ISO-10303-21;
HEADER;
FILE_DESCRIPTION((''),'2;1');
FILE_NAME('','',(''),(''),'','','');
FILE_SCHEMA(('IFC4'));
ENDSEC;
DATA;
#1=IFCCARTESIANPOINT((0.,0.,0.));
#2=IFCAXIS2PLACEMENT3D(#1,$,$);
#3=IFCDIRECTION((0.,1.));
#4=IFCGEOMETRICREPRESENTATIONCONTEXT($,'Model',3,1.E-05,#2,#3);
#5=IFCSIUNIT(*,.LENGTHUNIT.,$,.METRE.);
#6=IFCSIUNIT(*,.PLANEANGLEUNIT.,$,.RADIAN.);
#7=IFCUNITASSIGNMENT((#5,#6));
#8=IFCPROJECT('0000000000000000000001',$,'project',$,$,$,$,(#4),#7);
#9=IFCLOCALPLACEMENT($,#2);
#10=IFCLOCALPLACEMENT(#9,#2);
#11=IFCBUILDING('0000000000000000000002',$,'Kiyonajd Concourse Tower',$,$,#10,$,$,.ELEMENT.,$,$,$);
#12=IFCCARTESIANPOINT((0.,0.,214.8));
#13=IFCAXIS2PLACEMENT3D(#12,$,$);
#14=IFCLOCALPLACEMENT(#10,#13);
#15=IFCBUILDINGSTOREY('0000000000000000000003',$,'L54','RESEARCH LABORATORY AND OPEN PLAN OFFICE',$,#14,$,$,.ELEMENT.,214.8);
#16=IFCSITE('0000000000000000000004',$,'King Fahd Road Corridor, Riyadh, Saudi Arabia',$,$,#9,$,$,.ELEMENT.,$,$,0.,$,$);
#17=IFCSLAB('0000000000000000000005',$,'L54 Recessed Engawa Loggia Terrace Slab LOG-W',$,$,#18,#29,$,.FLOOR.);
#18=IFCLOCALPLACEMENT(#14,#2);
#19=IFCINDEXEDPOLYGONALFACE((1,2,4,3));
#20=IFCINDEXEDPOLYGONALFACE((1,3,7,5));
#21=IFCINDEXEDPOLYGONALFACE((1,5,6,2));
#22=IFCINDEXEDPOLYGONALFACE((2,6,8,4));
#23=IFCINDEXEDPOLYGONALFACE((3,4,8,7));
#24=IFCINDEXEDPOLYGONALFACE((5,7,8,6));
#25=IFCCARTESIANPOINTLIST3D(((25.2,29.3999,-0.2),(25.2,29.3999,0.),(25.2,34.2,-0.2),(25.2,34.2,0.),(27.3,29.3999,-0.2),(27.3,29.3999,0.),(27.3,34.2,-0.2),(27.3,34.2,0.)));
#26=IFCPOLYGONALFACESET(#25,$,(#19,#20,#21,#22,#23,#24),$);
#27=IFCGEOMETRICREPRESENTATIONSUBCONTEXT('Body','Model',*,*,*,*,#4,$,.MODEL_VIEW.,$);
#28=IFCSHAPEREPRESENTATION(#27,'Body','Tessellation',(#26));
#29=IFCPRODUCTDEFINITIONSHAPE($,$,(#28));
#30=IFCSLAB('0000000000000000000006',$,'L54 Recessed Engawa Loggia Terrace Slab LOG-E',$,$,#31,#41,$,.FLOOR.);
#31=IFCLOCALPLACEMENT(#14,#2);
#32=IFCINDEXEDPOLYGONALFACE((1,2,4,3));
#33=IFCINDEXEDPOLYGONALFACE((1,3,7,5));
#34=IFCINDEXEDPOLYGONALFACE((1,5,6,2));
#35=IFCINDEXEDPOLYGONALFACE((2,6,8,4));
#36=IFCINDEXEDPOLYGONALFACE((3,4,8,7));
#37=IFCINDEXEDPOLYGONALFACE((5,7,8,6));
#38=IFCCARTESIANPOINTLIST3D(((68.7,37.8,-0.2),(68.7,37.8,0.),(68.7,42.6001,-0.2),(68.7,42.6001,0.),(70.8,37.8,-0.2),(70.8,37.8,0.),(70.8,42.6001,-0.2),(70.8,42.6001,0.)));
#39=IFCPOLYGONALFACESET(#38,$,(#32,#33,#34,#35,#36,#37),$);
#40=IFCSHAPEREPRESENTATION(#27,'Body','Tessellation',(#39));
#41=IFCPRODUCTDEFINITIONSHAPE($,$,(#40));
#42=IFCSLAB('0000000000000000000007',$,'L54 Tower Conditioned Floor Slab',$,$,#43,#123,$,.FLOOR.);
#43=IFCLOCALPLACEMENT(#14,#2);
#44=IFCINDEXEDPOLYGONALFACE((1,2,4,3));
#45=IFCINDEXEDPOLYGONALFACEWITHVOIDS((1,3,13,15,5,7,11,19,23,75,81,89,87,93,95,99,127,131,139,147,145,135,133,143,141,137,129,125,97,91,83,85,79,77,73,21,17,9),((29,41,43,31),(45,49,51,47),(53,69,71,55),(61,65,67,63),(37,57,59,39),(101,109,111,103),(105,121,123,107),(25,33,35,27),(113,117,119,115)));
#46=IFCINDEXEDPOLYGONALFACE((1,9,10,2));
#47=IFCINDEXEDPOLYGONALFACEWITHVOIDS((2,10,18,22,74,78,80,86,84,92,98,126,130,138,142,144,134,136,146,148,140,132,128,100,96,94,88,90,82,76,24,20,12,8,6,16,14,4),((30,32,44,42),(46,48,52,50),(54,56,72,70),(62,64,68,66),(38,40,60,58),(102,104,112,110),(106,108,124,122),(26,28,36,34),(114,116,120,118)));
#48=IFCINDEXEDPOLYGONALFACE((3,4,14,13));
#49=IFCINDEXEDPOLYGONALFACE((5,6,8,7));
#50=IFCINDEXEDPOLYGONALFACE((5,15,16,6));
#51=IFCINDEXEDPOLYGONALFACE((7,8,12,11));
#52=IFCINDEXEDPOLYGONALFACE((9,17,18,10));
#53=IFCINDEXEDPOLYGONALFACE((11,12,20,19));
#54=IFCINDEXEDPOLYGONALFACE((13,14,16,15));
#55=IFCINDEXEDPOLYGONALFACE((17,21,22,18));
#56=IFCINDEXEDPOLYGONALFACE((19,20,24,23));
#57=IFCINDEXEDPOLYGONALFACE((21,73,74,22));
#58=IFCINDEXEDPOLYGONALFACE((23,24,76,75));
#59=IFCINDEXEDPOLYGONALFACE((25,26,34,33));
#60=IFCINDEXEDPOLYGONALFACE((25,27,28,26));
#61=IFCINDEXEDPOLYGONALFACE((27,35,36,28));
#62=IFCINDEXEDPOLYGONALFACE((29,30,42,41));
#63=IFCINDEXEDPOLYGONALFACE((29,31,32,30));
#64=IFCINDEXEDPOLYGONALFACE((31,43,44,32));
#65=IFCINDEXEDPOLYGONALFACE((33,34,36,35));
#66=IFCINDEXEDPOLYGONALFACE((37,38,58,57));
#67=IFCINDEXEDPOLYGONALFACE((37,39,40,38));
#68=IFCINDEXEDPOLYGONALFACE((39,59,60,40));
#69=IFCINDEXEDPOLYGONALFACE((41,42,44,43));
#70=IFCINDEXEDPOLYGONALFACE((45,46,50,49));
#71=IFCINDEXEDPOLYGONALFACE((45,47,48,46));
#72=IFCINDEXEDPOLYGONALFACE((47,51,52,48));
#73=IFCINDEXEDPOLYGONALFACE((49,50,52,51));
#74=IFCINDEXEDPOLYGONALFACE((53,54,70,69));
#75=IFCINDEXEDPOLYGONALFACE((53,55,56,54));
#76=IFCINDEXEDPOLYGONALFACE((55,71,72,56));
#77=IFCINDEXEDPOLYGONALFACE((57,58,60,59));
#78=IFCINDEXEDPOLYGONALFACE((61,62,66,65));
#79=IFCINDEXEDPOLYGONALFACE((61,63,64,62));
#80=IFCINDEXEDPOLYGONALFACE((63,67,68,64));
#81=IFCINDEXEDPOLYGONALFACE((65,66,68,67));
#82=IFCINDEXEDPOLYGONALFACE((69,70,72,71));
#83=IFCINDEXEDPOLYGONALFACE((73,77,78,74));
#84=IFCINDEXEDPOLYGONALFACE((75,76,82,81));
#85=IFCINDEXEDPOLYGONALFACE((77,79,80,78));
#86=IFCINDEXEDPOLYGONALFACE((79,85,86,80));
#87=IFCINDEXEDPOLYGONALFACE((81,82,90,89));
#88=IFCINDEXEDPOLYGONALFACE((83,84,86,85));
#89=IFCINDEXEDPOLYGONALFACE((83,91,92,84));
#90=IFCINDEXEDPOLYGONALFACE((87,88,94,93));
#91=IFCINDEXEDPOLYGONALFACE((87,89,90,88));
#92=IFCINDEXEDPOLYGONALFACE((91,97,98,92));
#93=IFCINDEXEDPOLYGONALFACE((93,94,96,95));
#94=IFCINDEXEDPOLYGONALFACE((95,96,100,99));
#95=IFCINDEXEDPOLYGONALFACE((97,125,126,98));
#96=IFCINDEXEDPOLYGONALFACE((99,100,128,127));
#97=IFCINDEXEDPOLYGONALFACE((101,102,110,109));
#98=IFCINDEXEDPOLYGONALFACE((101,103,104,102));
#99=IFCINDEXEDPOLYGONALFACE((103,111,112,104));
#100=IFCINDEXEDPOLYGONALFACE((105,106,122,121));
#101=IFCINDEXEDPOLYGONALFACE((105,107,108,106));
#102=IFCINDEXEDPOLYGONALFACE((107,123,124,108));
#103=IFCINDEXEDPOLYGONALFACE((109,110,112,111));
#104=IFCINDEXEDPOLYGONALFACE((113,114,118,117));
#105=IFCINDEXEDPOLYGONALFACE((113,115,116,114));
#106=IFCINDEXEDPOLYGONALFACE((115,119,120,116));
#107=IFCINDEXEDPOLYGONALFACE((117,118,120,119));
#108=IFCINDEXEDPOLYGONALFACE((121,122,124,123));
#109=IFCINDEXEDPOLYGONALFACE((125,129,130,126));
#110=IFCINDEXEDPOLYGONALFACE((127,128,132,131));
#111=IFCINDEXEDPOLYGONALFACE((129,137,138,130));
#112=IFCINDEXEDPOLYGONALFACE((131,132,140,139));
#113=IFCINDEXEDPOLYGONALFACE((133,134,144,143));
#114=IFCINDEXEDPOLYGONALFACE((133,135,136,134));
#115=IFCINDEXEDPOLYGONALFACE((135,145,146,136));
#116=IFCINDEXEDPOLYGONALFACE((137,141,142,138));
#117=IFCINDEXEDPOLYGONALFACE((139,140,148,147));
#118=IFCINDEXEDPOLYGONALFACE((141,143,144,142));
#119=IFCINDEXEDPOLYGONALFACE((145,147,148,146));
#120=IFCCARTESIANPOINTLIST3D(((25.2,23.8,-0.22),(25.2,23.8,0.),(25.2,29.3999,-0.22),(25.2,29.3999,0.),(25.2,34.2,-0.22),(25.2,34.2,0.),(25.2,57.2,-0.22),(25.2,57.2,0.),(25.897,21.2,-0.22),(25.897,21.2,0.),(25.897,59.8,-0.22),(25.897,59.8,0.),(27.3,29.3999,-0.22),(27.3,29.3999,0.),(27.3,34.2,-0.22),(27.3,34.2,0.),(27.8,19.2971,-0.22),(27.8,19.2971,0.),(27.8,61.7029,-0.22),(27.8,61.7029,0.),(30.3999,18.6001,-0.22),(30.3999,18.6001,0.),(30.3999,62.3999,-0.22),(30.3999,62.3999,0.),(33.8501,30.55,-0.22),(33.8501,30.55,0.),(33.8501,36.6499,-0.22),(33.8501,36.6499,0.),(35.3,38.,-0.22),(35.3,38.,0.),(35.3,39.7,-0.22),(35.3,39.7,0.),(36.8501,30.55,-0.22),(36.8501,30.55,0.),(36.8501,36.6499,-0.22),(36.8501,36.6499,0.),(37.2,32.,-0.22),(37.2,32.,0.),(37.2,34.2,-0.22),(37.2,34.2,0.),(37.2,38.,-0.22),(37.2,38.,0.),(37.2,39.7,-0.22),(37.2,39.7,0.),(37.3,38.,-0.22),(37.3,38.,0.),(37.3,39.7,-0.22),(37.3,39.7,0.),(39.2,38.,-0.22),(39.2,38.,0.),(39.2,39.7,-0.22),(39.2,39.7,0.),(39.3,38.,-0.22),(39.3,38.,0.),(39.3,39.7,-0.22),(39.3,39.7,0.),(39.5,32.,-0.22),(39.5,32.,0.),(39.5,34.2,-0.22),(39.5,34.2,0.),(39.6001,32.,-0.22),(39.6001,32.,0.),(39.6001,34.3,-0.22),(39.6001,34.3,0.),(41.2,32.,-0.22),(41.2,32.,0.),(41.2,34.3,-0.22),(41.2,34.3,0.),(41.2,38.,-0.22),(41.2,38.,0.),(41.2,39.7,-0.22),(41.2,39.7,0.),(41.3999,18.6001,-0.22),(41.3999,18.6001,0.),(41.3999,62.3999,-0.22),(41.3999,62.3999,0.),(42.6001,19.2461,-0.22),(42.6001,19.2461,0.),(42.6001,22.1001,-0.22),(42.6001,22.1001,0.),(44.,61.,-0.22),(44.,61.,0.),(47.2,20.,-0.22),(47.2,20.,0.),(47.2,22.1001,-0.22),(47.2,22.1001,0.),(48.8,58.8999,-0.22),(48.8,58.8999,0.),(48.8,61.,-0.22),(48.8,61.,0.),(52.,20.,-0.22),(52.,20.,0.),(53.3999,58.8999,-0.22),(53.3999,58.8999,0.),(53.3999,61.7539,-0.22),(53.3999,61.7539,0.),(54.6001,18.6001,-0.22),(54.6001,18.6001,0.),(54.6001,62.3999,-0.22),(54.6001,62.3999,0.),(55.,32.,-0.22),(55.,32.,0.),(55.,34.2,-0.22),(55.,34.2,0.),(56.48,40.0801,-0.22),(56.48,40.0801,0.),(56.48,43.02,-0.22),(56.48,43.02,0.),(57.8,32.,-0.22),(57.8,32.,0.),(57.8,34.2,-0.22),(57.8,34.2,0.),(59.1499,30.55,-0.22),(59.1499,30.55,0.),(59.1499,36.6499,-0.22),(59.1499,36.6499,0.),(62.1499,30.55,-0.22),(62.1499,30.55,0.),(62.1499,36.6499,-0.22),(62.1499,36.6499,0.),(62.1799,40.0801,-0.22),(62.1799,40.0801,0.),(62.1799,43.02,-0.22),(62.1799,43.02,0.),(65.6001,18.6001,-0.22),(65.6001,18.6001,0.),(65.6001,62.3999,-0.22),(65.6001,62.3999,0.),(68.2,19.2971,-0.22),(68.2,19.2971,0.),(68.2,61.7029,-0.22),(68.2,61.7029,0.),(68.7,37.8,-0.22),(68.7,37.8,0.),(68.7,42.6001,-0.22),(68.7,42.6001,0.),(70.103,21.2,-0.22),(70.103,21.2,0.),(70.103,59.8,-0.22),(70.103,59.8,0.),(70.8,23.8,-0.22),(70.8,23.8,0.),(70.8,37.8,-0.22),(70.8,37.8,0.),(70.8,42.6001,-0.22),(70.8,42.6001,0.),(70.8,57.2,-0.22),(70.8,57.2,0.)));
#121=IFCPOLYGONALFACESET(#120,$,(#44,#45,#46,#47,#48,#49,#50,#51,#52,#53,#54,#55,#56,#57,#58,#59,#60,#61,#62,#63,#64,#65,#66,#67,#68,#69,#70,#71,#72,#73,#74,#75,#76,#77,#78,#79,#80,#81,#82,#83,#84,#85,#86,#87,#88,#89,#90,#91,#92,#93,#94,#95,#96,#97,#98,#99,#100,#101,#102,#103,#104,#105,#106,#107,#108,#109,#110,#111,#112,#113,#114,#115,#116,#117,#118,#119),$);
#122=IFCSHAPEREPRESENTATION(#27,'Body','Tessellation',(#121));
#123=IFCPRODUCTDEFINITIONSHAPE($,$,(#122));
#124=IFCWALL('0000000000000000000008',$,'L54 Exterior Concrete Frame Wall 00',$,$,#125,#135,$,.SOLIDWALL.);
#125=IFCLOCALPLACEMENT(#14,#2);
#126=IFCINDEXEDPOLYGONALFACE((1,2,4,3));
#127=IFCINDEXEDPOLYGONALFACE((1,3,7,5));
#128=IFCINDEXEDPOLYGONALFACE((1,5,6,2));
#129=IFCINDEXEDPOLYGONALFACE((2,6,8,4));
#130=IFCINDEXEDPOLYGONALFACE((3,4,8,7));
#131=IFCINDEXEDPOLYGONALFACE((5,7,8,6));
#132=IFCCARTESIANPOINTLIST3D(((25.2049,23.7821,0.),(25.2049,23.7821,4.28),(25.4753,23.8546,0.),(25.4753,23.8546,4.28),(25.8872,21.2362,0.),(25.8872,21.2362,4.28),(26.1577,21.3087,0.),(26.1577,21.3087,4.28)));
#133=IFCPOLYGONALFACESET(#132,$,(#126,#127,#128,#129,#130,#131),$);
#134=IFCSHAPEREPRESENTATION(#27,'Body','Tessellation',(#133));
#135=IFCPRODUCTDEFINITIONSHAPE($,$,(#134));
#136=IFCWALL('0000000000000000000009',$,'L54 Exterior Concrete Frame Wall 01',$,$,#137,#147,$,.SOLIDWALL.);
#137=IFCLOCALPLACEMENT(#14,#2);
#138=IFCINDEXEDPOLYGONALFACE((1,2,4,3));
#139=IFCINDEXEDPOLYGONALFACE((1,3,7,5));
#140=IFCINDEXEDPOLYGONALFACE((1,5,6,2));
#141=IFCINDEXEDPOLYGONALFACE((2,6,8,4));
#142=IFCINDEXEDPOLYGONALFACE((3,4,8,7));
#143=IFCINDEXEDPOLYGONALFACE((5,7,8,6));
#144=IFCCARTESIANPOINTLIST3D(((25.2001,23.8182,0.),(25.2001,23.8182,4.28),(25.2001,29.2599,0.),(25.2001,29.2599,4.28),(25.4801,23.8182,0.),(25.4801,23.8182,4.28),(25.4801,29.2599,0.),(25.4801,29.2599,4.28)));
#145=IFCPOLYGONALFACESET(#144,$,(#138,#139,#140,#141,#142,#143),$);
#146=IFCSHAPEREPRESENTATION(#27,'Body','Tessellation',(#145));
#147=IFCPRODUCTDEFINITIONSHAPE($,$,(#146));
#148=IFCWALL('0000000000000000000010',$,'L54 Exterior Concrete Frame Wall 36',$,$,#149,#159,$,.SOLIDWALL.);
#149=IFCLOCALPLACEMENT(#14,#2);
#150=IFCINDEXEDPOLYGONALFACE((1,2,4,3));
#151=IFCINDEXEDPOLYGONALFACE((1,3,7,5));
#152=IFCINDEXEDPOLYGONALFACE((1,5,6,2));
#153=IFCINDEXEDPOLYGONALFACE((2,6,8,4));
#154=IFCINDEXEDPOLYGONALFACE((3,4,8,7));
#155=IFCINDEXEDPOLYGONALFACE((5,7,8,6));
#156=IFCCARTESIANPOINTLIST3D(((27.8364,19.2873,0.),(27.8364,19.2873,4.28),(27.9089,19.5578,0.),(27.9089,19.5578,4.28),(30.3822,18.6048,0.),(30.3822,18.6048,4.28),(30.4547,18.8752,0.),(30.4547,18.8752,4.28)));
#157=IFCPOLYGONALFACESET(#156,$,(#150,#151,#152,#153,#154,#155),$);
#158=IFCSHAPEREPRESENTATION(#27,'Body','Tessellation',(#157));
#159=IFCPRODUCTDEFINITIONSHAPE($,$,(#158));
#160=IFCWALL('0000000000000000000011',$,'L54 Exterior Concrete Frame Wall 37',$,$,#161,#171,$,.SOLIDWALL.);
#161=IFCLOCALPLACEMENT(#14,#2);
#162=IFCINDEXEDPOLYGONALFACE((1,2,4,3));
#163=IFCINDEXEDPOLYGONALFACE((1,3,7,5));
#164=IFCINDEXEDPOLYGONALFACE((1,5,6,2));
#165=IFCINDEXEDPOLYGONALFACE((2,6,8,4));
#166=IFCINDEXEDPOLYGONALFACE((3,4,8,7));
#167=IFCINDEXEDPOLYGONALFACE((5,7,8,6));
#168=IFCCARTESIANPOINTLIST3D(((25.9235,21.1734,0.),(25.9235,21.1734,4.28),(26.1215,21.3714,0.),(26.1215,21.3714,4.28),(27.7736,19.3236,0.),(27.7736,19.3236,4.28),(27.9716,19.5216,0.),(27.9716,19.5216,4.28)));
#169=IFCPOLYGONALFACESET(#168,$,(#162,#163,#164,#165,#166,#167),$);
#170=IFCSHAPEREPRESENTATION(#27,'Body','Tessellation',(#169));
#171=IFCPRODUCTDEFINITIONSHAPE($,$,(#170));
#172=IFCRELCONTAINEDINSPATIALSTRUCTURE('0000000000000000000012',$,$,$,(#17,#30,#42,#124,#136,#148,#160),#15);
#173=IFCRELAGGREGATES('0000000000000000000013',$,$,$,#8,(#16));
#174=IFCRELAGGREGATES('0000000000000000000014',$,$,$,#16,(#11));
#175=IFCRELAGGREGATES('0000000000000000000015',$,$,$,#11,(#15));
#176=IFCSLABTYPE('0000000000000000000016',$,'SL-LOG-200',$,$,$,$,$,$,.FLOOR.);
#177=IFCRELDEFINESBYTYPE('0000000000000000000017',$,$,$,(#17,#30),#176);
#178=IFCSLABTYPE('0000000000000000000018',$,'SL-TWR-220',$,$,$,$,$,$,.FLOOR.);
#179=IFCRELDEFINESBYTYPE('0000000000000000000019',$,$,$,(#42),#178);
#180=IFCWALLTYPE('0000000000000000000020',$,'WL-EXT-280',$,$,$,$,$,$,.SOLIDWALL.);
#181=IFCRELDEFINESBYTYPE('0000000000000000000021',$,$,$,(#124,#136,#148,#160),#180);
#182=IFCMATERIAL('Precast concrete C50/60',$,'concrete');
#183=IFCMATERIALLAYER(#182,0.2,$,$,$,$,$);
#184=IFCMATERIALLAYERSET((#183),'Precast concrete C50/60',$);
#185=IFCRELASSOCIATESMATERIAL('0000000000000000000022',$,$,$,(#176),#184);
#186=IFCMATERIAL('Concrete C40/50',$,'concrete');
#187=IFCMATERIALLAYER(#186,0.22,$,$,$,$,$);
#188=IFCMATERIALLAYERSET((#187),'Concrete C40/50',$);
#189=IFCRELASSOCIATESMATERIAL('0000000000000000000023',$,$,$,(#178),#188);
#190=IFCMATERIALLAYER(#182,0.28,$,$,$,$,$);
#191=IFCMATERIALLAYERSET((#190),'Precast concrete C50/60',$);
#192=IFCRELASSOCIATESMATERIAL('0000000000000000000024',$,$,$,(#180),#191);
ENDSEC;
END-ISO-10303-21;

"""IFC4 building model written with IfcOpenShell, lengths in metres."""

from ifc_helpers import new_model, si_unit, direction, frame, frame_2d, origin, place, context, subcontext, project, spatial, polyline, rectangle, outline, extrude, material, layer, layer_set, type_object, element, save


model = new_model("IFC4")

# Units and contexts
model_context = context("Model", 3, precision=1e-05, world=origin(), true_north=direction((0.0, 1.0)))
body_context = subcontext(model_context, "Body", "Model", "MODEL_VIEW")
ifc_project = project(units=[si_unit("LENGTHUNIT", "METRE"), si_unit("PLANEANGLEUNIT", "RADIAN")], contexts=[model_context])

# Site, building, storey
site_placement = place(None, origin())
site = spatial("IfcSite", under=ifc_project, at=site_placement, Name="King Fahd Road Corridor, Riyadh, Saudi Arabia", CompositionType="ELEMENT", RefElevation=0.0)
building_placement = place(site_placement, origin())
building = spatial("IfcBuilding", under=site, at=building_placement, Name="Kiyonajd Concourse Tower", CompositionType="ELEMENT")
storey_placement = place(building_placement, frame((0.0, 0.0, 214.8)))
storey = spatial("IfcBuildingStorey", under=building, at=storey_placement, Name="L54", Description="RESEARCH LABORATORY AND OPEN PLAN OFFICE", CompositionType="ELEMENT", Elevation=214.8)

# Shared definitions
ifc_material_1 = material(Name="Concrete C40/50", Category="concrete")

# Slabs
ifc_material_2 = material(Name="Precast concrete C50/60", Category="concrete")
ifc_layer_1 = layer(ifc_material_2, 0.2)
ifc_layer_set_1 = layer_set([ifc_layer_1], Name="Precast concrete C50/60")
slab_type_1 = type_object("IfcSlabType", Name="SL-LOG-200", PredefinedType="FLOOR", material=ifc_layer_set_1)
slab_1_placement = place(storey_placement, frame((0.0, 0.0, -0.2)))
element("IfcSlab", 1, at=slab_1_placement, inside=storey, type_object=slab_type_1, Name="L54 Recessed Engawa Loggia Terrace Slab LOG-W", PredefinedType="FLOOR", context=body_context, shape_type="SweptSolid", body=[
    extrude(outline(polyline([(25.2, 29.3999), (27.3, 29.3999), (27.3, 34.2), (25.2, 34.2), (25.2, 29.3999)])), origin(), (0.0, 0.0, 1.0), 0.2),
])
slab_2_placement = place(storey_placement, frame((0.0, 0.0, -0.2)))
element("IfcSlab", 2, at=slab_2_placement, inside=storey, type_object=slab_type_1, Name="L54 Recessed Engawa Loggia Terrace Slab LOG-E", PredefinedType="FLOOR", context=body_context, shape_type="SweptSolid", body=[
    extrude(outline(polyline([(68.7, 37.8), (70.8, 37.8), (70.8, 42.6001), (68.7, 42.6001), (68.7, 37.8)])), origin(), (0.0, 0.0, 1.0), 0.2),
])
ifc_layer_2 = layer(ifc_material_1, 0.22)
ifc_layer_set_2 = layer_set([ifc_layer_2], Name="Concrete C40/50")
slab_type_2 = type_object("IfcSlabType", Name="SL-TWR-220", PredefinedType="FLOOR", material=ifc_layer_set_2)
slab_3_placement = place(storey_placement, frame((0.0, 0.0, -0.22)))
element("IfcSlab", 3, at=slab_3_placement, inside=storey, type_object=slab_type_2, Name="L54 Tower Conditioned Floor Slab", PredefinedType="FLOOR", context=body_context, shape_type="SweptSolid", body=[
    extrude(outline(polyline([(25.897, 21.2), (25.2, 23.8), (25.2, 29.3999), (27.3, 29.3999), (27.3, 34.2), (25.2, 34.2), (25.2, 57.2), (25.897, 59.8), (27.8, 61.7029), (30.3999, 62.3999), (41.3999, 62.3999), (44.0, 61.0), (48.8, 61.0), (48.8, 58.8999), (53.3999, 58.8999), (53.3999, 61.7539), (54.6001, 62.3999), (65.6001, 62.3999), (68.2, 61.7029), (70.103, 59.8), (70.8, 57.2), (70.8, 42.6001), (68.7, 42.6001), (68.7, 37.8), (70.8, 37.8), (70.8, 23.8), (70.103, 21.2), (68.2, 19.2971), (65.6001, 18.6001), (54.6001, 18.6001), (52.0, 20.0), (47.2, 20.0), (47.2, 22.1001), (42.6001, 22.1001), (42.6001, 19.2461), (41.3999, 18.6001), (30.3999, 18.6001), (27.8, 19.2971), (25.897, 21.2)]), holes=[polyline([(39.5, 32.0), (37.2, 32.0), (37.2, 34.2), (39.5, 34.2), (39.5, 32.0)]), polyline([(57.8, 32.0), (55.0, 32.0), (55.0, 34.2), (57.8, 34.2), (57.8, 32.0)]), polyline([(41.2, 32.0), (39.6001, 32.0), (39.6001, 34.3), (41.2, 34.3), (41.2, 32.0)]), polyline([(36.8501, 30.55), (33.8501, 30.55), (33.8501, 36.6499), (36.8501, 36.6499), (36.8501, 30.55)]), polyline([(62.1499, 30.55), (59.1499, 30.55), (59.1499, 36.6499), (62.1499, 36.6499), (62.1499, 30.55)]), polyline([(37.2, 38.0), (35.3, 38.0), (35.3, 39.7), (37.2, 39.7), (37.2, 38.0)]), polyline([(39.2, 38.0), (37.3, 38.0), (37.3, 39.7), (39.2, 39.7), (39.2, 38.0)]), polyline([(39.3, 38.0), (39.3, 39.7), (41.2, 39.7), (41.2, 38.0), (39.3, 38.0)]), polyline([(56.48, 43.02), (62.1799, 43.02), (62.1799, 40.0801), (56.48, 40.0801), (56.48, 43.02)])]), origin(), (0.0, 0.0, 1.0), 0.22),
])

# Walls
ifc_layer_3 = layer(ifc_material_2, 0.28)
ifc_layer_set_3 = layer_set([ifc_layer_3], Name="Precast concrete C50/60")
wall_type_1 = type_object("IfcWallType", Name="WL-EXT-280", PredefinedType="SOLIDWALL", material=ifc_layer_set_3)
wall_1_placement = place(storey_placement, frame((26.0225, 21.2725, 0.0), z_axis=(0.0, 0.0, 1.0), x_axis=(-0.25889, 0.965907, 0.0)))
element("IfcWall", 4, at=wall_1_placement, inside=storey, type_object=wall_type_1, Name="L54 Exterior Concrete Frame Wall 00", PredefinedType="SOLIDWALL", context=body_context, shape_type="SweptSolid", body=[
    extrude(rectangle(XDim=2.6357, YDim=0.28, at=frame_2d((1.3179, 0.0))), origin(), (0.0, 0.0, 1.0), 4.28),
])
wall_2_placement = place(storey_placement, frame((25.3401, 23.8184, 0.0), z_axis=(0.0, 0.0, 1.0), x_axis=(0.0, 1.0, 0.0)))
element("IfcWall", 5, at=wall_2_placement, inside=storey, type_object=wall_type_1, Name="L54 Exterior Concrete Frame Wall 01", PredefinedType="SOLIDWALL", context=body_context, shape_type="SweptSolid", body=[
    extrude(rectangle(XDim=5.4417, YDim=0.28, at=frame_2d((2.7207, 0.0))), origin(), (0.0, 0.0, 1.0), 4.28),
])
wall_3_placement = place(storey_placement, frame((30.4185, 18.74, 0.0), z_axis=(0.0, 0.0, 1.0), x_axis=(-0.965884, 0.258977, 0.0)))
element("IfcWall", 6, at=wall_3_placement, inside=storey, type_object=wall_type_1, Name="L54 Exterior Concrete Frame Wall 36", PredefinedType="SOLIDWALL", context=body_context, shape_type="SweptSolid", body=[
    extrude(rectangle(XDim=2.6357, YDim=0.28, at=frame_2d((1.3179, 0.0))), origin(), (0.0, 0.0, 1.0), 4.28),
])
wall_4_placement = place(storey_placement, frame((27.8726, 19.4226, 0.0), z_axis=(0.0, 0.0, 1.0), x_axis=(-0.707153, 0.70706, 0.0)))
element("IfcWall", 7, at=wall_4_placement, inside=storey, type_object=wall_type_1, Name="L54 Exterior Concrete Frame Wall 37", PredefinedType="SOLIDWALL", context=body_context, shape_type="SweptSolid", body=[
    extrude(rectangle(XDim=2.6162, YDim=0.28, at=frame_2d((1.3081, 0.0))), origin(), (0.0, 0.0, 1.0), 4.28),
])

save(model, "model.ifc")
